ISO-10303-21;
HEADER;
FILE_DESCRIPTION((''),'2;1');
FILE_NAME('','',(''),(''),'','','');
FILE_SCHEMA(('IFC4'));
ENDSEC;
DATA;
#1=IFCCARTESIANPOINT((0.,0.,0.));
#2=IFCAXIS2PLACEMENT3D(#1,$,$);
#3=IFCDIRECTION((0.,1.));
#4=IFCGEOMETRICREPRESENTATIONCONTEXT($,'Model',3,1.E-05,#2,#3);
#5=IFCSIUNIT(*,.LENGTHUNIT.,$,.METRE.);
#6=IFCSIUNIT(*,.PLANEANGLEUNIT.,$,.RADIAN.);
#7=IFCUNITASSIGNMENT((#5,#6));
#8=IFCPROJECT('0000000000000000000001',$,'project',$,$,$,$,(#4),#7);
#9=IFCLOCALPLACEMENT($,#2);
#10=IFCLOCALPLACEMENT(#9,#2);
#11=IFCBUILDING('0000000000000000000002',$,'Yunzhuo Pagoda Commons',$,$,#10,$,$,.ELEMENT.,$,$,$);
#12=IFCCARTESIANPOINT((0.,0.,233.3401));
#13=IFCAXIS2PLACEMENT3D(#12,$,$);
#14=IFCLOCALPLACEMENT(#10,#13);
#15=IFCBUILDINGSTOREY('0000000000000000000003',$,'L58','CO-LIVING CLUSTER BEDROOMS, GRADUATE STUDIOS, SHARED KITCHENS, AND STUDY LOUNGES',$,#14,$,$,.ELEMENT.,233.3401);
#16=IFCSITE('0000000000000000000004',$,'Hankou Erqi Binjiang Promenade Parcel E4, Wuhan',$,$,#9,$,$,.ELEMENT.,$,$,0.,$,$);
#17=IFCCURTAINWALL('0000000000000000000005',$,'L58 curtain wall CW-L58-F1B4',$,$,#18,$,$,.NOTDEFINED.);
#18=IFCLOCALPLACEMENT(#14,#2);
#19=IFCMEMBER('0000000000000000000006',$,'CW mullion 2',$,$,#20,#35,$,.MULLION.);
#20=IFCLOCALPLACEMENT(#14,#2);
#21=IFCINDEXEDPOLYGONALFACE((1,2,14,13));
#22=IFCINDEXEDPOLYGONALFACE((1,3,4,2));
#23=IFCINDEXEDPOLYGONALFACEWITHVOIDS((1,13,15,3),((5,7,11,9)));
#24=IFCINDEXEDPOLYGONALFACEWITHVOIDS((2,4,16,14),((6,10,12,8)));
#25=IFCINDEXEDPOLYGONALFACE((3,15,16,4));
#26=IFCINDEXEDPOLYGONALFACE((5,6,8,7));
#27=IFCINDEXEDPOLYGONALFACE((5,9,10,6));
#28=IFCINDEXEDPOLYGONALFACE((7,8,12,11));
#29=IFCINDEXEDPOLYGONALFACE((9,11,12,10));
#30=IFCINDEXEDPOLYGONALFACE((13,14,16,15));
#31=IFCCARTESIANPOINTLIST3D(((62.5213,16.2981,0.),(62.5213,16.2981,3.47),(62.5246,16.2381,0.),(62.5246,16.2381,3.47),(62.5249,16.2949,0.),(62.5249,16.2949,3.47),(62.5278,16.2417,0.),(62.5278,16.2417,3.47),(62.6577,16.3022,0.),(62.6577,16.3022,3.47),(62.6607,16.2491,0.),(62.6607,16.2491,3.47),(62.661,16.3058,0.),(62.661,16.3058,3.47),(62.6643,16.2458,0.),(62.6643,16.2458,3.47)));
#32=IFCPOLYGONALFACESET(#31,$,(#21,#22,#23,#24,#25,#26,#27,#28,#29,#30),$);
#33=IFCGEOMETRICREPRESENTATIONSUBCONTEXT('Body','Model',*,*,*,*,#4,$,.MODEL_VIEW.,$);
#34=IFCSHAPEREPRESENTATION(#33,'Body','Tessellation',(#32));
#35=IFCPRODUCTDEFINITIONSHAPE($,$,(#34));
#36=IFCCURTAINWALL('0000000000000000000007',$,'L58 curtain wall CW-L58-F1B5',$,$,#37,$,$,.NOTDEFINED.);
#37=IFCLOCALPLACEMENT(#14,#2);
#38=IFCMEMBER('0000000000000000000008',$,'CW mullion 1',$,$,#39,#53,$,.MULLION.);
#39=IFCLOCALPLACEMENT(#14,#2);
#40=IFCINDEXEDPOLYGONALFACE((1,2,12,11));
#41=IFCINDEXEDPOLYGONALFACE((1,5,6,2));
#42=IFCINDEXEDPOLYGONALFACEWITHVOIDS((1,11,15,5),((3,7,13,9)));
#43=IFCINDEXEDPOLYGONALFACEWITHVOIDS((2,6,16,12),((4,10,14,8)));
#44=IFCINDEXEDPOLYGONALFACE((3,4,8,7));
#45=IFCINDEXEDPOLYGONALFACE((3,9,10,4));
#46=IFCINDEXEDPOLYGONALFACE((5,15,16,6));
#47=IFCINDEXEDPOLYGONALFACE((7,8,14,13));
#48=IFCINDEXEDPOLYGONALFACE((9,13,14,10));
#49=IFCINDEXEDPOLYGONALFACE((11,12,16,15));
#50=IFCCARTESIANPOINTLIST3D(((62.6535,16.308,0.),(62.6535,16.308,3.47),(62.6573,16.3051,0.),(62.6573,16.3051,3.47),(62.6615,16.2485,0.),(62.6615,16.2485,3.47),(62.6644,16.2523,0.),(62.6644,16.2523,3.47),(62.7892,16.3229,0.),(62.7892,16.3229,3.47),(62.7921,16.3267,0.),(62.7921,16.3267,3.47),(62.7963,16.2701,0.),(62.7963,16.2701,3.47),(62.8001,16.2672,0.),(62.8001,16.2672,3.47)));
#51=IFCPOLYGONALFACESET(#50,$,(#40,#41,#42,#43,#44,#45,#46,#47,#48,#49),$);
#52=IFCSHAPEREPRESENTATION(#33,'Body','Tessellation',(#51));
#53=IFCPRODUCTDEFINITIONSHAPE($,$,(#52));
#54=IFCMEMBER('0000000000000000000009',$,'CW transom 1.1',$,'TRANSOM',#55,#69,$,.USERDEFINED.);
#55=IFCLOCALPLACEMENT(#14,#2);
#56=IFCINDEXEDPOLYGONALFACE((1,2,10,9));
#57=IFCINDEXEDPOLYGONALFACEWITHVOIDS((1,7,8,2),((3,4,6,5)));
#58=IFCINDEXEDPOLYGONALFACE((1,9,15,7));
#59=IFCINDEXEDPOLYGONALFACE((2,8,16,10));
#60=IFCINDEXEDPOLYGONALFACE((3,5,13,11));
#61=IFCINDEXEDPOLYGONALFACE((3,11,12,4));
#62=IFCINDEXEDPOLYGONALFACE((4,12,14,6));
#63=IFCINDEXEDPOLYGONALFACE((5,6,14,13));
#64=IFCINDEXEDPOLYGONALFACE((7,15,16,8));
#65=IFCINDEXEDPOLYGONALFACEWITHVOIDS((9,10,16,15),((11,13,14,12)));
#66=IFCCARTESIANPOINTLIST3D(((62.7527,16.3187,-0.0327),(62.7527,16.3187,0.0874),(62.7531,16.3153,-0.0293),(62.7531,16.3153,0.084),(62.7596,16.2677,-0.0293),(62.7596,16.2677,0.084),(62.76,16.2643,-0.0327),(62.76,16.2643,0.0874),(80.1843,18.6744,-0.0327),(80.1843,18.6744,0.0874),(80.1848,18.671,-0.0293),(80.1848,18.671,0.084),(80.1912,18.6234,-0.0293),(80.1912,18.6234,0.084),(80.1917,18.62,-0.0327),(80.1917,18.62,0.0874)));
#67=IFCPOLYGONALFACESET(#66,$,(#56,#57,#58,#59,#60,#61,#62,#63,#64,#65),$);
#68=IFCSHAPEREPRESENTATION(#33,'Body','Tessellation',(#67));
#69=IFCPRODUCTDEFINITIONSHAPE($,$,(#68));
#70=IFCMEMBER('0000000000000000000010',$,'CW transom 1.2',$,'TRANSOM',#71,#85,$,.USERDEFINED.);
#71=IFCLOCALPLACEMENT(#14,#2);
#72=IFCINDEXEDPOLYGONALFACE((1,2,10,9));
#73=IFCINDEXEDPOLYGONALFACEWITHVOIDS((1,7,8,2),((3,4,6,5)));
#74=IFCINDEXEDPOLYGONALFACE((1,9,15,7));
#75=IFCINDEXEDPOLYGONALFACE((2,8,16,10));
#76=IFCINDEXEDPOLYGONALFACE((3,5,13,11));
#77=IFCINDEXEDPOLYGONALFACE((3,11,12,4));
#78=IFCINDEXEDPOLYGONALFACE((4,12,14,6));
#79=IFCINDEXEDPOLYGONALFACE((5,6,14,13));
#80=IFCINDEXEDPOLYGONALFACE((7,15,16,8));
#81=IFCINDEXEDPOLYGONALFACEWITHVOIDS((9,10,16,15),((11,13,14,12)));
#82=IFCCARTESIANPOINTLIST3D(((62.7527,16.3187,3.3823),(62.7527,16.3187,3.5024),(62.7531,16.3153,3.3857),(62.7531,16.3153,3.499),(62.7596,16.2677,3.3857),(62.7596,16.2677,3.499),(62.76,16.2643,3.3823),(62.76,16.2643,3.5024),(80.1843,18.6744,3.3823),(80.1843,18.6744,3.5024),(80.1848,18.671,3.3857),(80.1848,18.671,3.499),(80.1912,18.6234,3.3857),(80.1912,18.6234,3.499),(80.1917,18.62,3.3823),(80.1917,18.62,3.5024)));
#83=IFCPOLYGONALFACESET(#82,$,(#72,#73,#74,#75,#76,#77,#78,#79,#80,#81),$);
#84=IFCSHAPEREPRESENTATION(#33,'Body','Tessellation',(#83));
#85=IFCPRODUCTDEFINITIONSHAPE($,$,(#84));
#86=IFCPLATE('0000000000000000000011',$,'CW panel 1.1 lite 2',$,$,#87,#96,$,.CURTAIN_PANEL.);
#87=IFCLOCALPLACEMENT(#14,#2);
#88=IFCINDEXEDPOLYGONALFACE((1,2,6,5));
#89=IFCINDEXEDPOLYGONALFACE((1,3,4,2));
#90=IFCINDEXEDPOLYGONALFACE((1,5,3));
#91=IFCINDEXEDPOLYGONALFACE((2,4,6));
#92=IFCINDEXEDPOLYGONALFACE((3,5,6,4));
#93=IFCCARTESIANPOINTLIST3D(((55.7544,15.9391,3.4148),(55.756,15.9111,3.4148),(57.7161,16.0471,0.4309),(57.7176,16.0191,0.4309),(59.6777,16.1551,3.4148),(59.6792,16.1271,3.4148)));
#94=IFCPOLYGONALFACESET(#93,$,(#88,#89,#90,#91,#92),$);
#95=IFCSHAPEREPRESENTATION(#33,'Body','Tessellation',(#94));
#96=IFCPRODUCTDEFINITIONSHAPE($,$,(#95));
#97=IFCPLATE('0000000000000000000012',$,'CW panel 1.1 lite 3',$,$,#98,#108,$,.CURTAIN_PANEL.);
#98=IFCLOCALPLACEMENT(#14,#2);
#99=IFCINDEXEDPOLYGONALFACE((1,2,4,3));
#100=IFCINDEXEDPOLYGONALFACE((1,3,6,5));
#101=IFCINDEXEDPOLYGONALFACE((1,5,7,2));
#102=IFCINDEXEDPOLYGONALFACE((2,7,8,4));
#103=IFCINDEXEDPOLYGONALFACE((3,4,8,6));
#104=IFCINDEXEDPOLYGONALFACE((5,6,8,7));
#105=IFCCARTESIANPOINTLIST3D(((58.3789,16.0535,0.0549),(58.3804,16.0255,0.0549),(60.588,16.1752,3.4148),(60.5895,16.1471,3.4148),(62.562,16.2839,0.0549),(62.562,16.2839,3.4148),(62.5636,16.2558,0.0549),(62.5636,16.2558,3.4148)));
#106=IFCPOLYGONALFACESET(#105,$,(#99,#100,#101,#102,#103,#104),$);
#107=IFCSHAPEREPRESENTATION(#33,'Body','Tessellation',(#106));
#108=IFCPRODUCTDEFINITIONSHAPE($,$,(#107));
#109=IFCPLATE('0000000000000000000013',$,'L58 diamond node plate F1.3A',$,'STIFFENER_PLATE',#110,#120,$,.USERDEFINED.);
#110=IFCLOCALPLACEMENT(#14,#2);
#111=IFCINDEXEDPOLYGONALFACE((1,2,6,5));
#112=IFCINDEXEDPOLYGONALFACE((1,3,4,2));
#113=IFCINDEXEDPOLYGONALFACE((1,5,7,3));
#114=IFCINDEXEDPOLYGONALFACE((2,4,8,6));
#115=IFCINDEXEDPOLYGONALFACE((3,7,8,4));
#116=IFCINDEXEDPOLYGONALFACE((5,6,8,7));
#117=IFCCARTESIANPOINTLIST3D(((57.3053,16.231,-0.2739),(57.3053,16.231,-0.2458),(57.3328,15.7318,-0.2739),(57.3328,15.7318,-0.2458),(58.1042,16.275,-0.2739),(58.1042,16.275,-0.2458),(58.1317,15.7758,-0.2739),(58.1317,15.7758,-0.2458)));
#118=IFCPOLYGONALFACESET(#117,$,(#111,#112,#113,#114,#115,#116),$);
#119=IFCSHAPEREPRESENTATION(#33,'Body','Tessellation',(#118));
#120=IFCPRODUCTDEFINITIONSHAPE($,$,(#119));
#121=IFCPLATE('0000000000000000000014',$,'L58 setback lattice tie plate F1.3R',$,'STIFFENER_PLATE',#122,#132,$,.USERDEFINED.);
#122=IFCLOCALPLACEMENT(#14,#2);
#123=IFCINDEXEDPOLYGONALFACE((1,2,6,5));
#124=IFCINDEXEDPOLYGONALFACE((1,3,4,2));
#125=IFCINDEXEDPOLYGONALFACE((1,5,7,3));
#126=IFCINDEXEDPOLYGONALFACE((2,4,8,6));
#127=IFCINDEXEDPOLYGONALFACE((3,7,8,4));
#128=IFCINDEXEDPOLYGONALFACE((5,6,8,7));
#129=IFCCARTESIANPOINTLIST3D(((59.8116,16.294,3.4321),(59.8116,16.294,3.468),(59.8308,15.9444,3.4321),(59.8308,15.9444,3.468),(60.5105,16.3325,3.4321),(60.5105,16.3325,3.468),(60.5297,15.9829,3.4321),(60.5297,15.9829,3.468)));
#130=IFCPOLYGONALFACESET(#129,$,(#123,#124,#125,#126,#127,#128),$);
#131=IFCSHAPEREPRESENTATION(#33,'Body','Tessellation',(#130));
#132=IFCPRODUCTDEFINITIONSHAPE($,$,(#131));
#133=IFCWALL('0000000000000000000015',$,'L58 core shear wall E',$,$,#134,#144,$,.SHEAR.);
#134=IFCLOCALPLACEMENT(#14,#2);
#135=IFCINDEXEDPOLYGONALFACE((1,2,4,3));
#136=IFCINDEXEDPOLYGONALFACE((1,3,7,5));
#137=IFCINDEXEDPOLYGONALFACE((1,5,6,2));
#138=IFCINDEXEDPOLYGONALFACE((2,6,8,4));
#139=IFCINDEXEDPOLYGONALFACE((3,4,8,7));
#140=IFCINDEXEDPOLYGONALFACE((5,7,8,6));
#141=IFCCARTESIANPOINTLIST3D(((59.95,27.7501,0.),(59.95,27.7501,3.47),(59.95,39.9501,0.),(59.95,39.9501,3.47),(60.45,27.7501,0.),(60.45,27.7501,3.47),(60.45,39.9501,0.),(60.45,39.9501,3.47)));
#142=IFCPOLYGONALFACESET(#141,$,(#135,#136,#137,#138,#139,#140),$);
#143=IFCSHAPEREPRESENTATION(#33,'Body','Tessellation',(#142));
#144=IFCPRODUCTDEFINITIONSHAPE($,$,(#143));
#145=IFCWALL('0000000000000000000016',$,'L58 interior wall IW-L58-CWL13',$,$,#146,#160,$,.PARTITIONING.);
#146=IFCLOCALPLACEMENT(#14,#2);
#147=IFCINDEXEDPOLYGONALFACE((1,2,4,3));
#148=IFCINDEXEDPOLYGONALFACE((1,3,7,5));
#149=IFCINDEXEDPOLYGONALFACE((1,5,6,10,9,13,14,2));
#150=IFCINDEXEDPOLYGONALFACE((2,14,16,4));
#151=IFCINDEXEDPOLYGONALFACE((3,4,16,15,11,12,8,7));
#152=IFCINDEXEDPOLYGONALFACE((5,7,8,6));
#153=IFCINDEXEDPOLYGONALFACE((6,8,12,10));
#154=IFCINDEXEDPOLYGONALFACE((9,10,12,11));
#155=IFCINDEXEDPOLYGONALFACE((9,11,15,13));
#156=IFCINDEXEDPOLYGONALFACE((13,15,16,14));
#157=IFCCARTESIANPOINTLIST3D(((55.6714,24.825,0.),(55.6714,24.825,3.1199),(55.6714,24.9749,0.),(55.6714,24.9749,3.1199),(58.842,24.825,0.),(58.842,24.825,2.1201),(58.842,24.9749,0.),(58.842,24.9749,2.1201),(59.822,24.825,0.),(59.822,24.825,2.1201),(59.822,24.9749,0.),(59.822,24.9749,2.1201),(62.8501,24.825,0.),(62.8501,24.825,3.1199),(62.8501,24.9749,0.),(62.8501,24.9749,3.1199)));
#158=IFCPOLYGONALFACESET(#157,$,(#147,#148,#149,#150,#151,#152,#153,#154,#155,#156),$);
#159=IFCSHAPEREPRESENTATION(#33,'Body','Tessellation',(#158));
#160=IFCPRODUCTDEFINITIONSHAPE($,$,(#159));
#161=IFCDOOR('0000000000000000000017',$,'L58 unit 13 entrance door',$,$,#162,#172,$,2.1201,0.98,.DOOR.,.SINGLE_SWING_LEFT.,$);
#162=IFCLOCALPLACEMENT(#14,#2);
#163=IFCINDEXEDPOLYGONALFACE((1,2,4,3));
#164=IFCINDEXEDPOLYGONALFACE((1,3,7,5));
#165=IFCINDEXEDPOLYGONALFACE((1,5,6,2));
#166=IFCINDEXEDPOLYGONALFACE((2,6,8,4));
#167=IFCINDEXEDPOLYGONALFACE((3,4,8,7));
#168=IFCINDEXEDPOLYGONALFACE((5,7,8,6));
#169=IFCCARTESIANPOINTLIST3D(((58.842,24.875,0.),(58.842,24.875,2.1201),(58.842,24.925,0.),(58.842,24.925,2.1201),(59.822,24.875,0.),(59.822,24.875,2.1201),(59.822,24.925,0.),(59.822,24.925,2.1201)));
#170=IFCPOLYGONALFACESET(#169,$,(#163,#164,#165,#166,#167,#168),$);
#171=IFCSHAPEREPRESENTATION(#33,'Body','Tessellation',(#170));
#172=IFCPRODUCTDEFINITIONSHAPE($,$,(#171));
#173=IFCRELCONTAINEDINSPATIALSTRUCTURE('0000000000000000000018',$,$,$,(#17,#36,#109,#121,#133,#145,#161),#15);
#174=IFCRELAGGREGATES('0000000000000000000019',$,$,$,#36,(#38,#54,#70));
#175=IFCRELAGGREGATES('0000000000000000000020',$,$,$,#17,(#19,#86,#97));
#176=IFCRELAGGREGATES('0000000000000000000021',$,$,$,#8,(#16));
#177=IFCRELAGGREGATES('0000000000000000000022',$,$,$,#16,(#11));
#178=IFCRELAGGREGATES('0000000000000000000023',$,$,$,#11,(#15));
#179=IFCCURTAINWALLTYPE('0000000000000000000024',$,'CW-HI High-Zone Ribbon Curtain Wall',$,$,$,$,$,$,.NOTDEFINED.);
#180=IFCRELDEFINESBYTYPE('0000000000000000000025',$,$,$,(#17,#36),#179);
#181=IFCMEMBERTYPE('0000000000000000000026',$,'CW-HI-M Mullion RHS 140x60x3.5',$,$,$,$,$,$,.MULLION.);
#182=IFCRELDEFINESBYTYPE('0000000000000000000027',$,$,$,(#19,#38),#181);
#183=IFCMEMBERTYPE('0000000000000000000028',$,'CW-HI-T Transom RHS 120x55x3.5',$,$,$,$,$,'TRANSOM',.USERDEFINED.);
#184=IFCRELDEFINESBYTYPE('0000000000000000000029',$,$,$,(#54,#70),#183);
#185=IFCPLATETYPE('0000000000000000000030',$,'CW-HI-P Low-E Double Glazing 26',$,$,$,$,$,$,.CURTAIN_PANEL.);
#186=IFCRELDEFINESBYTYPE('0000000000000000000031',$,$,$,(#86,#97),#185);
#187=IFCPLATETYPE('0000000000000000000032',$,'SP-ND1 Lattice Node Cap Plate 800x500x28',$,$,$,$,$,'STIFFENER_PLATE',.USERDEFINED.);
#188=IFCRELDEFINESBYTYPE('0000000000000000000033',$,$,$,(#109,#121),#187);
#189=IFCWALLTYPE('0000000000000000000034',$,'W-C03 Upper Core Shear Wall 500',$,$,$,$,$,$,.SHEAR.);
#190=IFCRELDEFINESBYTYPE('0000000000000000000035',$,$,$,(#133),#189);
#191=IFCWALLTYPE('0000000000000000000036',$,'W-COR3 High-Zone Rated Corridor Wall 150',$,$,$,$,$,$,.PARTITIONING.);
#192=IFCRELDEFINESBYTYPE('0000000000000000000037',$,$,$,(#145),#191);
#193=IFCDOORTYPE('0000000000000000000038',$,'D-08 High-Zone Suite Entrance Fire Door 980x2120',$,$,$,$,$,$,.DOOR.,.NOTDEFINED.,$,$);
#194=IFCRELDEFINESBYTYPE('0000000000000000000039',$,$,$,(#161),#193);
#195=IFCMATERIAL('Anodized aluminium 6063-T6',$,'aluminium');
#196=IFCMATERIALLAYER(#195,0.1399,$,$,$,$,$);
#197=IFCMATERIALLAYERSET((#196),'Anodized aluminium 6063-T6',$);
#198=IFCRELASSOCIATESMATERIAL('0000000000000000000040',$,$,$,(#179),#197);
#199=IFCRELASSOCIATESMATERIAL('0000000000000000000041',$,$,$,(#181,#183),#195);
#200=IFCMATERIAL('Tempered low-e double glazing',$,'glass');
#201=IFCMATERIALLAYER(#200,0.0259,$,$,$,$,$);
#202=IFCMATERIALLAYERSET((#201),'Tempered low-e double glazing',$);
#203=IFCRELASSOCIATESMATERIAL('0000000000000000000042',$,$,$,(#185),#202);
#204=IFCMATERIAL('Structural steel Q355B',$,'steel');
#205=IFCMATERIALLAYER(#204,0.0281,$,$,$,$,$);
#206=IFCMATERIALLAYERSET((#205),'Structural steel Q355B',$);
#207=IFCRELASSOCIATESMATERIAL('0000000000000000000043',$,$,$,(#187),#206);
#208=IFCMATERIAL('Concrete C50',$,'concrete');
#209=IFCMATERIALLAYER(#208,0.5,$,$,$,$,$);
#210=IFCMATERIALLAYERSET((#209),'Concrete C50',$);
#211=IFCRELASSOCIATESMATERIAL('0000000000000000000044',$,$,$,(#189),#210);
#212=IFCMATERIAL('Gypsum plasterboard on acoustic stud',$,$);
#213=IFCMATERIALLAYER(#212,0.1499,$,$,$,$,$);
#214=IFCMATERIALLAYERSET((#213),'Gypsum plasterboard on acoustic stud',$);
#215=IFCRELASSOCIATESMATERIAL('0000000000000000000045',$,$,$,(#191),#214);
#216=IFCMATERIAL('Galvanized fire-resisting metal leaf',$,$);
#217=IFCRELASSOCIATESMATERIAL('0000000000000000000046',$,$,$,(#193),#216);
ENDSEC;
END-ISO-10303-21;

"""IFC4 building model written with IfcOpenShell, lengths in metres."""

from ifc_helpers import new_model, si_unit, direction, frame, frame_2d, origin, origin_with_axes, origin_2d, place, context, subcontext, project, spatial, polyline, rectangle, hollow_rectangle, outline, extrude, source, transform, mapped, material, layer, layer_set, material_profile, profile_set, type_object, element, fill, aggregate, save


model = new_model("IFC4")

# Units and contexts
model_context = context("Model", 3, precision=1e-05, world=origin(), true_north=direction((0.0, 1.0)))
body_context = subcontext(model_context, "Body", "Model", "MODEL_VIEW")
ifc_project = project(units=[si_unit("LENGTHUNIT", "METRE"), si_unit("PLANEANGLEUNIT", "RADIAN")], contexts=[model_context])

# Site, building, storey
site_placement = place(None, origin())
site = spatial("IfcSite", under=ifc_project, at=site_placement, Name="Hankou Erqi Binjiang Promenade Parcel E4, Wuhan", CompositionType="ELEMENT", RefElevation=0.0)
building_placement = place(site_placement, origin())
building = spatial("IfcBuilding", under=site, at=building_placement, Name="Yunzhuo Pagoda Commons", CompositionType="ELEMENT")
storey_placement = place(building_placement, frame((0.0, 0.0, 233.3401)))
storey = spatial("IfcBuildingStorey", under=building, at=storey_placement, Name="L58", Description="CO-LIVING CLUSTER BEDROOMS, GRADUATE STUDIOS, SHARED KITCHENS, AND STUDY LOUNGES", CompositionType="ELEMENT", Elevation=233.3401)

# Shared definitions
ifc_material_1 = material(Name="Structural steel Q355B", Category="steel")

# Curtain wall, member
ifc_material_2 = material(Name="Anodized aluminium 6063-T6", Category="aluminium")
ifc_layer_1 = layer(ifc_material_2, 0.1399)
ifc_layer_set_1 = layer_set([ifc_layer_1], Name="Anodized aluminium 6063-T6")
curtain_wall_type = type_object("IfcCurtainWallType", Name="CW-HI High-Zone Ribbon Curtain Wall", PredefinedType="NOTDEFINED", material=ifc_layer_set_1)
curtain_wall_1_placement = place(storey_placement, origin())
curtain_wall_1 = element("IfcCurtainWall", 1, at=curtain_wall_1_placement, inside=storey, type_object=curtain_wall_type, Name="L58 curtain wall CW-L58-F1B4", PredefinedType="NOTDEFINED")
ifc_material_profile_1 = material_profile(ifc_material_2, hollow_rectangle(XDim=0.0601, YDim=0.1399, WallThickness=0.0034, at=origin_2d()), Name="Anodized aluminium 6063-T6")
ifc_profile_set_1 = profile_set([ifc_material_profile_1], Name="Anodized aluminium 6063-T6")
member_type_1 = type_object("IfcMemberType", Name="CW-HI-M Mullion RHS 140x60x3.5", PredefinedType="MULLION", material=ifc_profile_set_1)
shared_shape_1 = source(origin(), body_context, "Body", "SweptSolid", [
    extrude(hollow_rectangle(XDim=0.0601, YDim=0.1399, WallThickness=0.0034, at=origin_2d()), origin(), (0.0, 0.0, 1.0), 3.47),
])
member_1_placement = place(storey_placement, frame((62.5928, 16.272, 0.0), z_axis=(0.0, 0.0, 1.0), x_axis=(-0.054981, 0.998487, 0.0)))
member_1 = element("IfcMember", 2, at=member_1_placement, type_object=member_type_1, Name="CW mullion 2", PredefinedType="MULLION", context=body_context, shape_type="MappedRepresentation", body=[
    mapped(shared_shape_1, transform((0.0, 0.0, 0.0), scale=1.0)),
])

# Curtain wall, members
curtain_wall_2_placement = place(storey_placement, origin())
curtain_wall_2 = element("IfcCurtainWall", 3, at=curtain_wall_2_placement, inside=storey, type_object=curtain_wall_type, Name="L58 curtain wall CW-L58-F1B5", PredefinedType="NOTDEFINED")
member_2_placement = place(storey_placement, frame((62.7268, 16.2876, 0.0), z_axis=(0.0, 0.0, 1.0), x_axis=(-0.13393, 0.990991, 0.0)))
member_2 = element("IfcMember", 4, at=member_2_placement, type_object=member_type_1, Name="CW mullion 1", PredefinedType="MULLION", context=body_context, shape_type="MappedRepresentation", body=[
    mapped(shared_shape_1, transform((0.0, 0.0, 0.0), scale=1.0)),
])
ifc_material_profile_2 = material_profile(ifc_material_2, hollow_rectangle(XDim=0.0549, YDim=0.1201, WallThickness=0.0034, at=origin_2d()), Name="Anodized aluminium 6063-T6")
ifc_profile_set_2 = profile_set([ifc_material_profile_2], Name="Anodized aluminium 6063-T6")
member_type_2 = type_object("IfcMemberType", Name="CW-HI-T Transom RHS 120x55x3.5", ElementType="TRANSOM", PredefinedType="USERDEFINED", material=ifc_profile_set_2)
shared_shape_2 = source(origin(), body_context, "Body", "SweptSolid", [
    extrude(hollow_rectangle(XDim=0.0549, YDim=0.1201, WallThickness=0.0034, at=origin_2d()), origin(), (0.0, 0.0, 1.0), 17.5901),
])
member_3_placement = place(storey_placement, frame((62.7563, 16.2915, 0.0273), z_axis=(0.990992, 0.133923, 0.0), x_axis=(-0.133923, 0.990992, 0.0)))
member_3 = element("IfcMember", 5, at=member_3_placement, type_object=member_type_2, Name="CW transom 1.1", ObjectType="TRANSOM", PredefinedType="USERDEFINED", context=body_context, shape_type="MappedRepresentation", body=[
    mapped(shared_shape_2, transform((0.0, 0.0, 0.0), scale=1.0)),
])
member_4_placement = place(storey_placement, frame((62.7563, 16.2915, 3.4424), z_axis=(0.990992, 0.133923, 0.0), x_axis=(-0.133923, 0.990992, 0.0)))
member_4 = element("IfcMember", 6, at=member_4_placement, type_object=member_type_2, Name="CW transom 1.2", ObjectType="TRANSOM", PredefinedType="USERDEFINED", context=body_context, shape_type="MappedRepresentation", body=[
    mapped(shared_shape_2, transform((0.0, 0.0, 0.0), scale=1.0)),
])
aggregate(curtain_wall_2, [member_2, member_3, member_4])

# Plates
ifc_material_3 = material(Name="Tempered low-e double glazing", Category="glass")
ifc_layer_2 = layer(ifc_material_3, 0.0259)
ifc_layer_set_2 = layer_set([ifc_layer_2], Name="Tempered low-e double glazing")
plate_type_1 = type_object("IfcPlateType", Name="CW-HI-P Low-E Double Glazing 26", PredefinedType="CURTAIN_PANEL", material=ifc_layer_set_2)
plate_1_placement = place(storey_placement, frame((57.7161, 16.0471, 1.9229), z_axis=(0.054981, -0.998487, 0.0), x_axis=(0.998487, 0.054981, 0.0)))
plate_1 = element("IfcPlate", 7, at=plate_1_placement, type_object=plate_type_1, Name="CW panel 1.1 lite 2", PredefinedType="CURTAIN_PANEL", context=body_context, shape_type="SweptSolid", body=[
    extrude(outline(polyline([(-1.9646, 1.4919), (0.0, -1.4919), (1.9646, 1.4919), (-1.9646, 1.4919)])), origin(), (0.0, 0.0, 1.0), 0.0281),
])
plate_2_placement = place(storey_placement, frame((60.4705, 16.1687, 1.7349), z_axis=(0.054981, -0.998487, 0.0), x_axis=(0.998487, 0.054981, 0.0)))
plate_2 = element("IfcPlate", 8, at=plate_2_placement, type_object=plate_type_1, Name="CW panel 1.1 lite 3", PredefinedType="CURTAIN_PANEL", context=body_context, shape_type="SweptSolid", body=[
    extrude(outline(polyline([(-2.0947, -1.6799), (2.0947, -1.6799), (2.0947, 1.6799), (0.1177, 1.6799), (-2.0947, -1.6799)])), origin(), (0.0, 0.0, 1.0), 0.0281),
])
aggregate(curtain_wall_1, [member_1, plate_1, plate_2])

# Plates
ifc_layer_3 = layer(ifc_material_1, 0.0281)
ifc_layer_set_3 = layer_set([ifc_layer_3], Name="Structural steel Q355B")
plate_type_2 = type_object("IfcPlateType", Name="SP-ND1 Lattice Node Cap Plate 800x500x28", ElementType="STIFFENER_PLATE", PredefinedType="USERDEFINED", material=ifc_layer_set_3)
shared_shape_3 = source(origin(), body_context, "Body", "SweptSolid", [
    extrude(rectangle(XDim=0.8, YDim=0.5, at=origin_2d()), origin(), (0.0, 0.0, 1.0), 0.0281),
])
plate_3_placement = place(storey_placement, frame((57.7185, 16.0034, -0.2739), z_axis=(0.0, 0.0, 1.0), x_axis=(0.998487, 0.054985, 0.0)))
element("IfcPlate", 9, at=plate_3_placement, inside=storey, type_object=plate_type_2, Name="L58 diamond node plate F1.3A", ObjectType="STIFFENER_PLATE", PredefinedType="USERDEFINED", context=body_context, shape_type="MappedRepresentation", body=[
    mapped(shared_shape_3, transform((0.0, 0.0, 0.0), scale=1.0)),
])
shared_shape_4 = source(origin(), body_context, "Body", "SweptSolid", [
    extrude(rectangle(XDim=0.7, YDim=0.3501, at=origin_2d()), origin(), (0.0, 0.0, 1.0), 0.0359),
])
plate_4_placement = place(storey_placement, frame((60.1707, 16.1384, 3.4321), z_axis=(0.0, 0.0, 1.0), x_axis=(0.998487, 0.054985, 0.0)))
element("IfcPlate", 10, at=plate_4_placement, inside=storey, type_object=plate_type_2, Name="L58 setback lattice tie plate F1.3R", ObjectType="STIFFENER_PLATE", PredefinedType="USERDEFINED", context=body_context, shape_type="MappedRepresentation", body=[
    mapped(shared_shape_4, transform((0.0, 0.0, 0.0), scale=1.0)),
])

# Wall
ifc_material_4 = material(Name="Concrete C50", Category="concrete")
ifc_layer_4 = layer(ifc_material_4, 0.5)
ifc_layer_set_4 = layer_set([ifc_layer_4], Name="Concrete C50")
wall_type_1 = type_object("IfcWallType", Name="W-C03 Upper Core Shear Wall 500", PredefinedType="SHEAR", material=ifc_layer_set_4)
wall_1_placement = place(storey_placement, frame((60.2, 27.75, 0.0), z_axis=(0.0, 0.0, 1.0), x_axis=(0.0, 1.0, 0.0)))
element("IfcWall", 11, at=wall_1_placement, inside=storey, type_object=wall_type_1, Name="L58 core shear wall E", PredefinedType="SHEAR", context=body_context, shape_type="SweptSolid", body=[
    extrude(rectangle(XDim=12.2, YDim=0.5, at=frame_2d((6.1001, 0.0))), origin(), (0.0, 0.0, 1.0), 3.47),
])

# Wall, opening, door
ifc_material_5 = material(Name="Gypsum plasterboard on acoustic stud")
ifc_layer_5 = layer(ifc_material_5, 0.1499)
ifc_layer_set_5 = layer_set([ifc_layer_5], Name="Gypsum plasterboard on acoustic stud")
wall_type_2 = type_object("IfcWallType", Name="W-COR3 High-Zone Rated Corridor Wall 150", PredefinedType="PARTITIONING", material=ifc_layer_set_5)
wall_2_placement = place(storey_placement, frame((62.8501, 24.8999, 0.0), z_axis=(0.0, 0.0, 1.0), x_axis=(-1.0, 0.0, 0.0)))
wall_2 = element("IfcWall", 12, at=wall_2_placement, inside=storey, type_object=wall_type_2, Name="L58 interior wall IW-L58-CWL13", PredefinedType="PARTITIONING", context=body_context, shape_type="SweptSolid", body=[
    extrude(rectangle(XDim=7.1787, YDim=0.1499, at=frame_2d((3.5894, 0.0))), origin(), (0.0, 0.0, 1.0), 3.1199),
])
opening_placement = place(wall_2_placement, frame((3.0281, 0.0, 0.0)))
opening = element("IfcOpeningElement", 13, at=opening_placement, cuts=wall_2, PredefinedType="OPENING", context=body_context, shape_type="SweptSolid", body=[
    extrude(rectangle(XDim=0.98, YDim=2.1201, at=frame_2d((0.49, 1.0601))), frame((0.0, 0.085, 0.0), z_axis=(0.0, -1.0, 0.0), x_axis=(1.0, 0.0, 0.0)), (0.0, 0.0, 1.0), 0.1699),
])
ifc_material_6 = material(Name="Galvanized fire-resisting metal leaf")
door_type = type_object("IfcDoorType", Name="D-08 High-Zone Suite Entrance Fire Door 980x2120", OperationType="NOTDEFINED", PredefinedType="DOOR", material=ifc_material_6)
shared_shape_5 = source(origin(), body_context, "Body", "SweptSolid", [
    extrude(rectangle(XDim=0.98, YDim=2.1201, at=frame_2d((0.49, 1.0601))), frame((0.0, 0.0249, 0.0), z_axis=(0.0, -1.0, 0.0), x_axis=(1.0, 0.0, 0.0)), (0.0, 0.0, 1.0), 0.05),
])
door_placement = place(opening_placement, origin_with_axes())
door = element("IfcDoor", 14, at=door_placement, inside=storey, type_object=door_type, Name="L58 unit 13 entrance door", OperationType="SINGLE_SWING_LEFT", OverallHeight=2.1201, OverallWidth=0.98, PredefinedType="DOOR", context=body_context, shape_type="MappedRepresentation", body=[
    mapped(shared_shape_5, transform((0.0, 0.0, 0.0), scale=1.0)),
])
fill(opening, door)

save(model, "model.ifc")
